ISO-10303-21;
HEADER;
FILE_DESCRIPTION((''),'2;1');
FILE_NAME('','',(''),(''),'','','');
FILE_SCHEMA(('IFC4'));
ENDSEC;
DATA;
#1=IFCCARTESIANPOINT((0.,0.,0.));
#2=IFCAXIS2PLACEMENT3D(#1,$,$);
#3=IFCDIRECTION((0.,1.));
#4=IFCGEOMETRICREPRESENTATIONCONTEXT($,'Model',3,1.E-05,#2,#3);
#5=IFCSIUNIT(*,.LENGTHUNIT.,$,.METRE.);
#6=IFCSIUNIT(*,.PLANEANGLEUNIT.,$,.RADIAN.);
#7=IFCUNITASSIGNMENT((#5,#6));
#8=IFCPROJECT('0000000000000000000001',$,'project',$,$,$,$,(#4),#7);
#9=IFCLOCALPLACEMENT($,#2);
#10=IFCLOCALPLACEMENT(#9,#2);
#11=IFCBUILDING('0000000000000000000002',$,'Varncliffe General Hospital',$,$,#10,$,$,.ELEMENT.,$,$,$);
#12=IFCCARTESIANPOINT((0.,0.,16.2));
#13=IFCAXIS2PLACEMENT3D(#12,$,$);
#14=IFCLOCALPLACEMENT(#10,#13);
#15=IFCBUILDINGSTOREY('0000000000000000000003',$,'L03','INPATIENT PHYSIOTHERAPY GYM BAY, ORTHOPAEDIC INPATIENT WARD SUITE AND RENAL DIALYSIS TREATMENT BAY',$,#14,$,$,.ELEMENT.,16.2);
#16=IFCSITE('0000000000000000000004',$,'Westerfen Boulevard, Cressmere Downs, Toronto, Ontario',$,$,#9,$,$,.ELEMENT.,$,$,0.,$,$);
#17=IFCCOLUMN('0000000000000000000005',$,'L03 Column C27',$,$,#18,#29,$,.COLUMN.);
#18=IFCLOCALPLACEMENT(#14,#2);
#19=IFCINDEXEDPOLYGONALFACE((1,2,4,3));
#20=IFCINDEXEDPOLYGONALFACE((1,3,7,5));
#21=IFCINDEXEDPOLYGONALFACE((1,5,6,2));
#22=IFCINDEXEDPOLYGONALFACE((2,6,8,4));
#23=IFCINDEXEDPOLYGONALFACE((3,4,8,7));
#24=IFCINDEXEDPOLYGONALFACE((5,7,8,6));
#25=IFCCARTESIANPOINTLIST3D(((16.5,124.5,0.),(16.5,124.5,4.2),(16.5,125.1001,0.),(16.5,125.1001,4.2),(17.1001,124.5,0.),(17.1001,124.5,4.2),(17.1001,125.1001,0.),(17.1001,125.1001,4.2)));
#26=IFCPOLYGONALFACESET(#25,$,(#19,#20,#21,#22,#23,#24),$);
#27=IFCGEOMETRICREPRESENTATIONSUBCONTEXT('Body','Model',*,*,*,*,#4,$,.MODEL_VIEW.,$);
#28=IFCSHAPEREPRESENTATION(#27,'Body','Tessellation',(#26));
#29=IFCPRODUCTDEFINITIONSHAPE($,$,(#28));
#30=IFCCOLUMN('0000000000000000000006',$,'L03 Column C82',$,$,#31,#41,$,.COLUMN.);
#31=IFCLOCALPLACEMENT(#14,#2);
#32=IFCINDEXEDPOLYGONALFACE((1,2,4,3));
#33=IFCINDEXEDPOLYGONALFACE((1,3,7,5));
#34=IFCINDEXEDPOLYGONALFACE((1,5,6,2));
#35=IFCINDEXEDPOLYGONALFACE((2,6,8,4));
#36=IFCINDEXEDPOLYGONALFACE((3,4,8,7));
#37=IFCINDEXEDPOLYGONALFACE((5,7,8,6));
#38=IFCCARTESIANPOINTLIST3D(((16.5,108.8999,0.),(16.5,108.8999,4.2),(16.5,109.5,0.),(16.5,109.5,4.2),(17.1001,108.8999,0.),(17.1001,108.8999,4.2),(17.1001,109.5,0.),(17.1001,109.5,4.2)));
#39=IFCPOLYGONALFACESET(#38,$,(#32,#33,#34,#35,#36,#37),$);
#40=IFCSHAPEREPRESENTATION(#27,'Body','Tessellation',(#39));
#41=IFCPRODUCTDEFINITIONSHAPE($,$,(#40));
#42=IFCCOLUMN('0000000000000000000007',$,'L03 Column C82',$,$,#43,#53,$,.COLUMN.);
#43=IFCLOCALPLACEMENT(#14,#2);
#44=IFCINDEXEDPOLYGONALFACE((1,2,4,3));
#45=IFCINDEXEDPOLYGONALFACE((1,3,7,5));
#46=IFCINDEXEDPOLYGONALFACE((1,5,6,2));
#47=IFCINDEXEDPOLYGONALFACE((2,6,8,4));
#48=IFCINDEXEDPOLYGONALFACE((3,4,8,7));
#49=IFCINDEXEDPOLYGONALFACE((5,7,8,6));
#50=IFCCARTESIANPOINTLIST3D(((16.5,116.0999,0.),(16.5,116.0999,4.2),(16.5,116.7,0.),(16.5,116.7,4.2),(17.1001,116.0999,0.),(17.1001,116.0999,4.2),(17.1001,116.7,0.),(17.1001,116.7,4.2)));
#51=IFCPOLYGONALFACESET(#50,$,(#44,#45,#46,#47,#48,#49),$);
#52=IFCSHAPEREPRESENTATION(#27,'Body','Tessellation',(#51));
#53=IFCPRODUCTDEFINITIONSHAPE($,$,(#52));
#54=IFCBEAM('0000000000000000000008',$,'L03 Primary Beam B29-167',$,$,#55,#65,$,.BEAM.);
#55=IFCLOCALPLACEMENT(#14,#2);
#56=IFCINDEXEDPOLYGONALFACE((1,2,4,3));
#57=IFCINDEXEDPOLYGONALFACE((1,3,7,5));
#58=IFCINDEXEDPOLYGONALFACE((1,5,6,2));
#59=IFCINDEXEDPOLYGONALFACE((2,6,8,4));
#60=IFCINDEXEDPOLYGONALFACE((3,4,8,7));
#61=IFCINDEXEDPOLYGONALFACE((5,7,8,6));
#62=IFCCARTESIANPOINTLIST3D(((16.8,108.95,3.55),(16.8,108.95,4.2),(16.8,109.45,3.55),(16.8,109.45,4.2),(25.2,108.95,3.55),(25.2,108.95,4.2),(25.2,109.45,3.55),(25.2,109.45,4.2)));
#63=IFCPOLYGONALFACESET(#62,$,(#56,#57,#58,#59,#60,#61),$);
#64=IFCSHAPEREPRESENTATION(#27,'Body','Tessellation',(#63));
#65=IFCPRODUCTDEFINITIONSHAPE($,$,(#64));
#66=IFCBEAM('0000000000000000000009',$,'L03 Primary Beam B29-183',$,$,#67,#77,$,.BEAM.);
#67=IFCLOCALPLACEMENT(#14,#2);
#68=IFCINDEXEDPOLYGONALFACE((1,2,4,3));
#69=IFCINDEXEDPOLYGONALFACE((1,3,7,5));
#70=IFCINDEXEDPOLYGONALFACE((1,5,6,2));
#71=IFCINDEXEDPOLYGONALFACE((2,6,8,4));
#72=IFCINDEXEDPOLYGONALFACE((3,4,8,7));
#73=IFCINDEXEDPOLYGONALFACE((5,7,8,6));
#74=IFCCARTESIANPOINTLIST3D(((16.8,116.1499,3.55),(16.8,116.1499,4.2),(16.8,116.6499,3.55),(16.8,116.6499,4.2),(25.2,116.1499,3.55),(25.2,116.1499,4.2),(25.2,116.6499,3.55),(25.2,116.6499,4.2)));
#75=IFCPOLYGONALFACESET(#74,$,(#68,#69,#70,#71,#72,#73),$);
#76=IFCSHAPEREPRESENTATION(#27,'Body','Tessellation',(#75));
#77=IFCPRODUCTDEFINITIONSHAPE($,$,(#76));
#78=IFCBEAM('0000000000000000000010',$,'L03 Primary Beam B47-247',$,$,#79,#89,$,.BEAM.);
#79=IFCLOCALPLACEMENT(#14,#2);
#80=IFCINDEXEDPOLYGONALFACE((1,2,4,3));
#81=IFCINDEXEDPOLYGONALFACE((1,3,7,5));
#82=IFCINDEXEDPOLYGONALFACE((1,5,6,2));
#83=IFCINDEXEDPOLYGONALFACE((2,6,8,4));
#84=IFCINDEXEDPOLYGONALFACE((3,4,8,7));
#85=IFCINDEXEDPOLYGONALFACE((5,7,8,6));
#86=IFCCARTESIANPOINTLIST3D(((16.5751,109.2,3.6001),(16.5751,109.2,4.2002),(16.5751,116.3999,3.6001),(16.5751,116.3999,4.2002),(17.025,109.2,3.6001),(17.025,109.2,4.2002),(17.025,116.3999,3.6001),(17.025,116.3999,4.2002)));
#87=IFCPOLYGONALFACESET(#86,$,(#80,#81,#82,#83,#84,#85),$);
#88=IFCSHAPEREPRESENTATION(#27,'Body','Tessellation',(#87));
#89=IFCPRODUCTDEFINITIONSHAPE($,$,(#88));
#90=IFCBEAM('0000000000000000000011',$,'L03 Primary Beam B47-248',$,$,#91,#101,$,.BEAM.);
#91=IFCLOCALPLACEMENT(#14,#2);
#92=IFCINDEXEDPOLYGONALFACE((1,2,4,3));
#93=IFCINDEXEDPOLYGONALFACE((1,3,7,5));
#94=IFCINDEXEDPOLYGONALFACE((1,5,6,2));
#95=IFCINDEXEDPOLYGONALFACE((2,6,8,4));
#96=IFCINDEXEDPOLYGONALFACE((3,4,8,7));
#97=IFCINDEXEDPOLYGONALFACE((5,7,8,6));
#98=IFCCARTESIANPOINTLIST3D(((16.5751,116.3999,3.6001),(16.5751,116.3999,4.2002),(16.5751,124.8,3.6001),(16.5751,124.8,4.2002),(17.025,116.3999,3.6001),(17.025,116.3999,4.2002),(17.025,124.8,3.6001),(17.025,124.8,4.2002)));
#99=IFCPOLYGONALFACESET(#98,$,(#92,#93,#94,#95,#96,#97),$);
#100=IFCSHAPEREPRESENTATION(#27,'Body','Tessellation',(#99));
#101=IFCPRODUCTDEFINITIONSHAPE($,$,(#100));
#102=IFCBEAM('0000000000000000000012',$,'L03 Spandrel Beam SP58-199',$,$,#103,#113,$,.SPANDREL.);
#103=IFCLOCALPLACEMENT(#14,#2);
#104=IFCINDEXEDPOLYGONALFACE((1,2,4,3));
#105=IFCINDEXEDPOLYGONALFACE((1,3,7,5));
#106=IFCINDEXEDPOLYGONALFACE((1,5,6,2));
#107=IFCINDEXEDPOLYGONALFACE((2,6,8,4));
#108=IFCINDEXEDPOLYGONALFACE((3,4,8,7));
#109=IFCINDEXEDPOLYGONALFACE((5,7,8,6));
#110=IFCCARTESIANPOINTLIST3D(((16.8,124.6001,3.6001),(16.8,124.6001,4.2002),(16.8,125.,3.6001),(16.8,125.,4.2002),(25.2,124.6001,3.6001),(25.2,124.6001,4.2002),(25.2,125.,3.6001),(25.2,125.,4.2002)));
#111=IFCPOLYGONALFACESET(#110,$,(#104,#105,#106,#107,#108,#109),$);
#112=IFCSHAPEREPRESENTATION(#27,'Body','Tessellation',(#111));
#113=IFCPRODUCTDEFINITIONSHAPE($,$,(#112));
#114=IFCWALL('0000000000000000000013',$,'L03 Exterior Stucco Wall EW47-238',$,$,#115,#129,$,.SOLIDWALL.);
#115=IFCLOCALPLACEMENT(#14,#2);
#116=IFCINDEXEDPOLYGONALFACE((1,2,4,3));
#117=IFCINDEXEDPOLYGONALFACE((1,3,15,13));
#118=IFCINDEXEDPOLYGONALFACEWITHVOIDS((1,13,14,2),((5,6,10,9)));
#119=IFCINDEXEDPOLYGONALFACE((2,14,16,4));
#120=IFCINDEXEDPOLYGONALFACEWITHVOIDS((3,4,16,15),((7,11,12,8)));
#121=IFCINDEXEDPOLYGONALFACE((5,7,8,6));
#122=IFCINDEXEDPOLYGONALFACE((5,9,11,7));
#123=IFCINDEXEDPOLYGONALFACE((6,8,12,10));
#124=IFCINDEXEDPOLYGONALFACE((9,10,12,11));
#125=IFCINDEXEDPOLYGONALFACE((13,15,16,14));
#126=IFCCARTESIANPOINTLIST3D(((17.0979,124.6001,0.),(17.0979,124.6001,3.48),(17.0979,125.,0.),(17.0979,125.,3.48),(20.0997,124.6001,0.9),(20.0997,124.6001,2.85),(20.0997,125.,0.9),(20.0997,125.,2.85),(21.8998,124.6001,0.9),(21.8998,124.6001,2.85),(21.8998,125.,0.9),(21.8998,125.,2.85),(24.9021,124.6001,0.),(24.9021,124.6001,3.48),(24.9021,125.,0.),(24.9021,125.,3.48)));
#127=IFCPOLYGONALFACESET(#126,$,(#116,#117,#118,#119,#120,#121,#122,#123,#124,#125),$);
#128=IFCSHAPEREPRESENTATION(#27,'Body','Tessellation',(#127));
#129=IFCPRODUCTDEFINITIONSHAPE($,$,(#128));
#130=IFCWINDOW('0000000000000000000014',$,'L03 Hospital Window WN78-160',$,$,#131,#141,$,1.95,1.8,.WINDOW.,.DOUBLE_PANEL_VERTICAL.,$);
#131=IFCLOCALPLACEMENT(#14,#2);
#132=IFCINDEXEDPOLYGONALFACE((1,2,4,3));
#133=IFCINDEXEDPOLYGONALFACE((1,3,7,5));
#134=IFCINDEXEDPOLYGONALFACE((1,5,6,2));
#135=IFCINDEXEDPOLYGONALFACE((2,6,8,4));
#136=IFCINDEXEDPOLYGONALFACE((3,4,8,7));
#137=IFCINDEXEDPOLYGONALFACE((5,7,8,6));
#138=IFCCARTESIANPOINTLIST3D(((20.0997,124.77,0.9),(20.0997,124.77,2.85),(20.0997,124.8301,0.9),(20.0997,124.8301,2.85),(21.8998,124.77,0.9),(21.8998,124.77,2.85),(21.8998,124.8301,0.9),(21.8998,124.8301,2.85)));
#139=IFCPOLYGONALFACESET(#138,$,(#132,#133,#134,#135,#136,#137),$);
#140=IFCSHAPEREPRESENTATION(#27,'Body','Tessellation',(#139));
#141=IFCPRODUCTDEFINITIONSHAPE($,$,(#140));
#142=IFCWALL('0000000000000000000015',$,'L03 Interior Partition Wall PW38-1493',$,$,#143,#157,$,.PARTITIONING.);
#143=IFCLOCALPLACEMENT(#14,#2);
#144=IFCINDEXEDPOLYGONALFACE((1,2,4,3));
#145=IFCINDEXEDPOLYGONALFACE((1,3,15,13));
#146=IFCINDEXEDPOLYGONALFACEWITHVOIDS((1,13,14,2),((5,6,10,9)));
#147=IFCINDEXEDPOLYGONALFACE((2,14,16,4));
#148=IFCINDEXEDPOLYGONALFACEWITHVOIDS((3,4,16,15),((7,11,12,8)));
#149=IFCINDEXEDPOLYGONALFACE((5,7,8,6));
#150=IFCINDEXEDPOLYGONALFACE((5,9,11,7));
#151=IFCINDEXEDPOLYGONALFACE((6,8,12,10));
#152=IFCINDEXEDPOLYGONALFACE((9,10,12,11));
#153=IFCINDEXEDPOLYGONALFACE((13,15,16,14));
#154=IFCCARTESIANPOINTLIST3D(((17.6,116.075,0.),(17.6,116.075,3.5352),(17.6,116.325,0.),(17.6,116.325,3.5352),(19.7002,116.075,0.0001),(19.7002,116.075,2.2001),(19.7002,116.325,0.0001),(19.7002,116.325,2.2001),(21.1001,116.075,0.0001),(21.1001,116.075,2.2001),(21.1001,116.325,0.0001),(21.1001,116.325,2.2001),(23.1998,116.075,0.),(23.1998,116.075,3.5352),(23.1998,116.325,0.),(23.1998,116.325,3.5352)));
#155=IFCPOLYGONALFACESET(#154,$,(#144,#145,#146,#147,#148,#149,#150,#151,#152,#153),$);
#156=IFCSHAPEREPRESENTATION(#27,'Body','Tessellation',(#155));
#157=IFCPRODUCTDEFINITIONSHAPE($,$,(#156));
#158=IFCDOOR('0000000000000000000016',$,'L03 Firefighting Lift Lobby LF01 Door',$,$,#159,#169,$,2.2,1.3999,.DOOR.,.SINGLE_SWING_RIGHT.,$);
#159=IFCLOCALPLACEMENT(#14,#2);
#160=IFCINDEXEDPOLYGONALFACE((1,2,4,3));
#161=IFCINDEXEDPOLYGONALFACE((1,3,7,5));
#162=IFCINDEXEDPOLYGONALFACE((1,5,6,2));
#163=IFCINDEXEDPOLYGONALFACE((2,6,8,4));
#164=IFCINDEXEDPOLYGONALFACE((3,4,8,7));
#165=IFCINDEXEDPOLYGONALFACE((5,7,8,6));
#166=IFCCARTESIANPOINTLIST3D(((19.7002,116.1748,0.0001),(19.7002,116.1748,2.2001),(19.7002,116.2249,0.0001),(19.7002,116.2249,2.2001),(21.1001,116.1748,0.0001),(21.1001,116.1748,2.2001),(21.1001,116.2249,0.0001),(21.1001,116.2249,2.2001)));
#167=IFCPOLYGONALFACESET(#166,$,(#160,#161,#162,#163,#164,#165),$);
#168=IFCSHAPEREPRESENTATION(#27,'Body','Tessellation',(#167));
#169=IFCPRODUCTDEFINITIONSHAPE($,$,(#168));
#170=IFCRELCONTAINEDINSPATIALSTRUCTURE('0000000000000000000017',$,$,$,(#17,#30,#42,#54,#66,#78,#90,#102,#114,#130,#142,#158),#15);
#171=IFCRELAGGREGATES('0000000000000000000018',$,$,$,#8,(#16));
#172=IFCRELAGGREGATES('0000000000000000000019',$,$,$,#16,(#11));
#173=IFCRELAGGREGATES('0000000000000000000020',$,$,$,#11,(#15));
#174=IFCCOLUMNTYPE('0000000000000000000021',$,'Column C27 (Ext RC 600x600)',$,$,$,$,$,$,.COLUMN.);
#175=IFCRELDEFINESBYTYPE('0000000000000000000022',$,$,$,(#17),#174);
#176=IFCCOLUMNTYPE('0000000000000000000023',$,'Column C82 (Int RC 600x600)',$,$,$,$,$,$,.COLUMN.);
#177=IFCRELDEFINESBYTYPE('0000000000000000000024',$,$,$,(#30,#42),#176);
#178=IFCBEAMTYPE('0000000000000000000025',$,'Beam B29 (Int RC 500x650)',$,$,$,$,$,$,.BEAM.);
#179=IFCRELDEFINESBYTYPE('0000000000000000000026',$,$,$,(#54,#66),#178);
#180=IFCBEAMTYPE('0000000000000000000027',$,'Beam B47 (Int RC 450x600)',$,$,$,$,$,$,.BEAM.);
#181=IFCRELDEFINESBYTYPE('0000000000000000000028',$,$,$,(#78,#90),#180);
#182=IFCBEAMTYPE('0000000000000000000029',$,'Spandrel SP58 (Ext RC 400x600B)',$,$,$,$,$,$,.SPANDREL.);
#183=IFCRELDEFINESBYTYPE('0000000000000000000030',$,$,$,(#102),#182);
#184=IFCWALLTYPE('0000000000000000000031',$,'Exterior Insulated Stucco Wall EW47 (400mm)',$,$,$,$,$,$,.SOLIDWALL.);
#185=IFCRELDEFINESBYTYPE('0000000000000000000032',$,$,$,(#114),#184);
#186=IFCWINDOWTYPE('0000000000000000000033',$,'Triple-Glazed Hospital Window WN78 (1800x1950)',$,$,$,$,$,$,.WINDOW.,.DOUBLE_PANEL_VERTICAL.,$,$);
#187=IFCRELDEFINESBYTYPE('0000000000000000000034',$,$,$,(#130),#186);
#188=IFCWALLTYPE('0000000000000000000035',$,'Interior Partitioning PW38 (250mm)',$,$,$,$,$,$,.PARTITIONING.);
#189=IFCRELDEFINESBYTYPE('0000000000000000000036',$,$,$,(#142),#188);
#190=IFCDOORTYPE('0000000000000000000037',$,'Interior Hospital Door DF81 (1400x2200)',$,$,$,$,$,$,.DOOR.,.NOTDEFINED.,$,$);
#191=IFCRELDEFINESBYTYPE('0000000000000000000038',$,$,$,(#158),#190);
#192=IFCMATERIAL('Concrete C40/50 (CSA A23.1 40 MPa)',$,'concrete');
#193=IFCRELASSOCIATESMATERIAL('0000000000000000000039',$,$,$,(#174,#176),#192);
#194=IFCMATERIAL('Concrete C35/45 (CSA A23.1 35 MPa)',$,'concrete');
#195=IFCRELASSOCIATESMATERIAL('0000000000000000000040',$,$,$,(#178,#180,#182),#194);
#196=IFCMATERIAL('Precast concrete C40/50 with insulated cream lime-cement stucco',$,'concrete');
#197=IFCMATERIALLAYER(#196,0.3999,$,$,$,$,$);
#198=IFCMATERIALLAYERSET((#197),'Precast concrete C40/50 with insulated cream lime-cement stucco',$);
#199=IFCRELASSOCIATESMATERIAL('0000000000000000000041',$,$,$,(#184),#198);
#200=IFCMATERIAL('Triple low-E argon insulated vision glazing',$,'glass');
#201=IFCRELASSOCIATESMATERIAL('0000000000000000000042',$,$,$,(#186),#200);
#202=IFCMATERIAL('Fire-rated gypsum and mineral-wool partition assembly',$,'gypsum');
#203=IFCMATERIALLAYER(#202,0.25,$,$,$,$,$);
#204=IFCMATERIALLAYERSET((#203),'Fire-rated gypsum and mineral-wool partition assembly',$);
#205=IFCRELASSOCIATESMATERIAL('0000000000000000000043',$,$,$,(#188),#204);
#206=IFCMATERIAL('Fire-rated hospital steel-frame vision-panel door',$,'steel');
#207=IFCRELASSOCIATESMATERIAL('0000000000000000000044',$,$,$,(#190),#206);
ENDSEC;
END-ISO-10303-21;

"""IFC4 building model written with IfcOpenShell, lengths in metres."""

from ifc_helpers import new_model, si_unit, direction, frame, frame_2d, origin, origin_2d, place, context, subcontext, project, spatial, rectangle, extrude, material, layer, layer_set, material_profile, profile_set, type_object, element, fill, save


model = new_model("IFC4")

# Units and contexts
model_context = context("Model", 3, precision=1e-05, world=origin(), true_north=direction((0.0, 1.0)))
body_context = subcontext(model_context, "Body", "Model", "MODEL_VIEW")
ifc_project = project(units=[si_unit("LENGTHUNIT", "METRE"), si_unit("PLANEANGLEUNIT", "RADIAN")], contexts=[model_context])

# Site, building, storey
site_placement = place(None, origin())
site = spatial("IfcSite", under=ifc_project, at=site_placement, Name="Westerfen Boulevard, Cressmere Downs, Toronto, Ontario", CompositionType="ELEMENT", RefElevation=0.0)
building_placement = place(site_placement, origin())
building = spatial("IfcBuilding", under=site, at=building_placement, Name="Varncliffe General Hospital", CompositionType="ELEMENT")
storey_placement = place(building_placement, frame((0.0, 0.0, 16.2)))
storey = spatial("IfcBuildingStorey", under=building, at=storey_placement, Name="L03", Description="INPATIENT PHYSIOTHERAPY GYM BAY, ORTHOPAEDIC INPATIENT WARD SUITE AND RENAL DIALYSIS TREATMENT BAY", CompositionType="ELEMENT", Elevation=16.2)

# Columns
ifc_material_1 = material(Name="Concrete C40/50 (CSA A23.1 40 MPa)", Category="concrete")
ifc_material_profile_1 = material_profile(ifc_material_1, rectangle(XDim=0.6001, YDim=0.6001, at=origin_2d()), Name="RC 600x600")
ifc_profile_set_1 = profile_set([ifc_material_profile_1], Name="Concrete C40/50 (CSA A23.1 40 MPa)")
column_type_1 = type_object("IfcColumnType", Name="Column C27 (Ext RC 600x600)", PredefinedType="COLUMN", material=ifc_profile_set_1)
column_placement = place(storey_placement, frame((16.8, 124.8, 0.0), z_axis=(0.0, 0.0, 1.0), x_axis=(1.0, 0.0, 0.0)))
element("IfcColumn", 1, at=column_placement, inside=storey, type_object=column_type_1, Name="L03 Column C27", PredefinedType="COLUMN", context=body_context, shape_type="SweptSolid", body=[
    extrude(rectangle(XDim=0.6001, YDim=0.6001, at=origin_2d()), origin(), (0.0, 0.0, 1.0), 4.2),
])
ifc_material_profile_2 = material_profile(ifc_material_1, rectangle(XDim=0.6001, YDim=0.6001, at=origin_2d()), Name="RC 600x600")
ifc_profile_set_2 = profile_set([ifc_material_profile_2], Name="Concrete C40/50 (CSA A23.1 40 MPa)")
column_type_2 = type_object("IfcColumnType", Name="Column C82 (Int RC 600x600)", PredefinedType="COLUMN", material=ifc_profile_set_2)
for number, where, z_axis, x_axis, name in (
    (2, (16.8, 109.2, 0.0), (0.0, 0.0, 1.0), (1.0, 0.0, 0.0), "L03 Column C82"),
    (3, (16.8, 116.3999, 0.0), (0.0, 0.0, 1.0), (1.0, 0.0, 0.0), "L03 Column C82"),
):
    element("IfcColumn", number, at=place(storey_placement, frame(where, z_axis=z_axis, x_axis=x_axis)), inside=storey, type_object=column_type_2, Name=name, PredefinedType="COLUMN", context=body_context, shape_type="SweptSolid", body=[
        extrude(rectangle(XDim=0.6001, YDim=0.6001, at=origin_2d()), origin(), (0.0, 0.0, 1.0), 4.2),
    ])

# Beams
ifc_material_2 = material(Name="Concrete C35/45 (CSA A23.1 35 MPa)", Category="concrete")
ifc_material_profile_3 = material_profile(ifc_material_2, rectangle(XDim=0.5, YDim=0.6499, at=origin_2d()), Name="RC 500x650")
ifc_profile_set_3 = profile_set([ifc_material_profile_3], Name="Concrete C35/45 (CSA A23.1 35 MPa)")
beam_type_1 = type_object("IfcBeamType", Name="Beam B29 (Int RC 500x650)", PredefinedType="BEAM", material=ifc_profile_set_3)
for number, where, z_axis, x_axis, name in (
    (4, (16.8, 109.2, 3.875), (1.0, 0.0, 0.0), (0.0, 1.0, 0.0), "L03 Primary Beam B29-167"),
    (5, (16.8, 116.3999, 3.875), (1.0, 0.0, 0.0), (0.0, 1.0, 0.0), "L03 Primary Beam B29-183"),
):
    element("IfcBeam", number, at=place(storey_placement, frame(where, z_axis=z_axis, x_axis=x_axis)), inside=storey, type_object=beam_type_1, Name=name, PredefinedType="BEAM", context=body_context, shape_type="SweptSolid", body=[
        extrude(rectangle(XDim=0.5, YDim=0.6499, at=origin_2d()), origin(), (0.0, 0.0, 1.0), 8.3999),
    ])
ifc_material_profile_4 = material_profile(ifc_material_2, rectangle(XDim=0.45, YDim=0.6001, at=origin_2d()), Name="RC 450x600")
ifc_profile_set_4 = profile_set([ifc_material_profile_4], Name="Concrete C35/45 (CSA A23.1 35 MPa)")
beam_type_2 = type_object("IfcBeamType", Name="Beam B47 (Int RC 450x600)", PredefinedType="BEAM", material=ifc_profile_set_4)
beam_1_placement = place(storey_placement, frame((16.8, 109.2, 3.9001), z_axis=(0.0, 1.0, 0.0), x_axis=(-1.0, 0.0, 0.0)))
element("IfcBeam", 6, at=beam_1_placement, inside=storey, type_object=beam_type_2, Name="L03 Primary Beam B47-247", PredefinedType="BEAM", context=body_context, shape_type="SweptSolid", body=[
    extrude(rectangle(XDim=0.45, YDim=0.6001, at=origin_2d()), origin(), (0.0, 0.0, 1.0), 7.2),
])
beam_2_placement = place(storey_placement, frame((16.8, 116.3999, 3.9001), z_axis=(0.0, 1.0, 0.0), x_axis=(-1.0, 0.0, 0.0)))
element("IfcBeam", 7, at=beam_2_placement, inside=storey, type_object=beam_type_2, Name="L03 Primary Beam B47-248", PredefinedType="BEAM", context=body_context, shape_type="SweptSolid", body=[
    extrude(rectangle(XDim=0.45, YDim=0.6001, at=origin_2d()), origin(), (0.0, 0.0, 1.0), 8.4001),
])
ifc_material_profile_5 = material_profile(ifc_material_2, rectangle(XDim=0.3999, YDim=0.6001, at=origin_2d()), Name="RC 400x600")
ifc_profile_set_5 = profile_set([ifc_material_profile_5], Name="Concrete C35/45 (CSA A23.1 35 MPa)")
beam_type_3 = type_object("IfcBeamType", Name="Spandrel SP58 (Ext RC 400x600B)", PredefinedType="SPANDREL", material=ifc_profile_set_5)
beam_3_placement = place(storey_placement, frame((16.8, 124.8, 3.9001), z_axis=(1.0, 0.0, 0.0), x_axis=(0.0, 1.0, 0.0)))
element("IfcBeam", 8, at=beam_3_placement, inside=storey, type_object=beam_type_3, Name="L03 Spandrel Beam SP58-199", PredefinedType="SPANDREL", context=body_context, shape_type="SweptSolid", body=[
    extrude(rectangle(XDim=0.3999, YDim=0.6001, at=origin_2d()), origin(), (0.0, 0.0, 1.0), 8.3999),
])

# Wall, opening, window
ifc_material_3 = material(Name="Precast concrete C40/50 with insulated cream lime-cement stucco", Category="concrete")
ifc_layer_1 = layer(ifc_material_3, 0.3999)
ifc_layer_set_1 = layer_set([ifc_layer_1], Name="Precast concrete C40/50 with insulated cream lime-cement stucco")
wall_type_1 = type_object("IfcWallType", Name="Exterior Insulated Stucco Wall EW47 (400mm)", PredefinedType="SOLIDWALL", material=ifc_layer_set_1)
wall_1_placement = place(storey_placement, frame((17.0979, 124.8, 0.0), z_axis=(0.0, 0.0, 1.0), x_axis=(1.0, 0.0, 0.0)))
wall_1 = element("IfcWall", 9, at=wall_1_placement, inside=storey, type_object=wall_type_1, Name="L03 Exterior Stucco Wall EW47-238", PredefinedType="SOLIDWALL", context=body_context, shape_type="SweptSolid", body=[
    extrude(rectangle(XDim=7.8042, YDim=0.3999, at=frame_2d((3.9021, 0.0))), origin(), (0.0, 0.0, 1.0), 3.48),
])
opening_1_placement = place(wall_1_placement, frame((3.002, 0.0, 0.8999)))
opening_1 = element("IfcOpeningElement", 10, at=opening_1_placement, cuts=wall_1, PredefinedType="OPENING", context=body_context, shape_type="SweptSolid", body=[
    extrude(rectangle(XDim=1.8, YDim=1.95, at=frame_2d((0.8999, 0.9751))), frame((0.0, 0.21, 0.0), z_axis=(0.0, -1.0, 0.0), x_axis=(1.0, 0.0, 0.0)), (0.0, 0.0, 1.0), 0.4199),
])
ifc_material_4 = material(Name="Triple low-E argon insulated vision glazing", Category="glass")
window_type = type_object("IfcWindowType", Name="Triple-Glazed Hospital Window WN78 (1800x1950)", PartitioningType="DOUBLE_PANEL_VERTICAL", PredefinedType="WINDOW", material=ifc_material_4)
window_placement = place(opening_1_placement, origin())
window = element("IfcWindow", 11, at=window_placement, inside=storey, type_object=window_type, Name="L03 Hospital Window WN78-160", OverallHeight=1.95, OverallWidth=1.8, PartitioningType="DOUBLE_PANEL_VERTICAL", PredefinedType="WINDOW", context=body_context, shape_type="SweptSolid", body=[
    extrude(rectangle(XDim=1.8, YDim=1.95, at=frame_2d((0.8999, 0.9751))), frame((0.0, 0.03, 0.0), z_axis=(0.0, -1.0, 0.0), x_axis=(1.0, 0.0, 0.0)), (0.0, 0.0, 1.0), 0.0601),
])
fill(opening_1, window)

# Wall, opening, door
ifc_material_5 = material(Name="Fire-rated gypsum and mineral-wool partition assembly", Category="gypsum")
ifc_layer_2 = layer(ifc_material_5, 0.25)
ifc_layer_set_2 = layer_set([ifc_layer_2], Name="Fire-rated gypsum and mineral-wool partition assembly")
wall_type_2 = type_object("IfcWallType", Name="Interior Partitioning PW38 (250mm)", PredefinedType="PARTITIONING", material=ifc_layer_set_2)
wall_2_placement = place(storey_placement, frame((17.6001, 116.2, 0.0), z_axis=(0.0, 0.0, 1.0), x_axis=(1.0, 0.0, 0.0)))
wall_2 = element("IfcWall", 12, at=wall_2_placement, inside=storey, type_object=wall_type_2, Name="L03 Interior Partition Wall PW38-1493", PredefinedType="PARTITIONING", context=body_context, shape_type="SweptSolid", body=[
    extrude(rectangle(XDim=5.5999, YDim=0.25, at=frame_2d((2.7998, 0.0))), origin(), (0.0, 0.0, 1.0), 3.5352),
])
opening_2_placement = place(wall_2_placement, frame((2.1001, 0.0, 0.0)))
opening_2 = element("IfcOpeningElement", 13, at=opening_2_placement, cuts=wall_2, PredefinedType="OPENING", context=body_context, shape_type="SweptSolid", body=[
    extrude(rectangle(XDim=1.3999, YDim=2.2, at=frame_2d((0.7, 1.1001))), frame((0.0, 0.135, 0.0), z_axis=(0.0, -1.0, 0.0), x_axis=(1.0, 0.0, 0.0)), (0.0, 0.0, 1.0), 0.27),
])
ifc_material_6 = material(Name="Fire-rated hospital steel-frame vision-panel door", Category="steel")
door_type_1 = type_object("IfcDoorType", Name="Interior Hospital Door DF81 (1400x2200)", OperationType="NOTDEFINED", PredefinedType="DOOR", material=ifc_material_6)
door_1_placement = place(opening_2_placement, origin())
door_1 = element("IfcDoor", 14, at=door_1_placement, inside=storey, type_object=door_type_1, Name="L03 Firefighting Lift Lobby LF01 Door", OperationType="SINGLE_SWING_RIGHT", OverallHeight=2.2, OverallWidth=1.3999, PredefinedType="DOOR", context=body_context, shape_type="SweptSolid", body=[
    extrude(rectangle(XDim=1.3999, YDim=2.2, at=frame_2d((0.7, 1.1001))), frame((0.0, 0.0249, 0.0), z_axis=(0.0, -1.0, 0.0), x_axis=(1.0, 0.0, 0.0)), (0.0, 0.0, 1.0), 0.05),
])
fill(opening_2, door_1)

save(model, "model.ifc")
